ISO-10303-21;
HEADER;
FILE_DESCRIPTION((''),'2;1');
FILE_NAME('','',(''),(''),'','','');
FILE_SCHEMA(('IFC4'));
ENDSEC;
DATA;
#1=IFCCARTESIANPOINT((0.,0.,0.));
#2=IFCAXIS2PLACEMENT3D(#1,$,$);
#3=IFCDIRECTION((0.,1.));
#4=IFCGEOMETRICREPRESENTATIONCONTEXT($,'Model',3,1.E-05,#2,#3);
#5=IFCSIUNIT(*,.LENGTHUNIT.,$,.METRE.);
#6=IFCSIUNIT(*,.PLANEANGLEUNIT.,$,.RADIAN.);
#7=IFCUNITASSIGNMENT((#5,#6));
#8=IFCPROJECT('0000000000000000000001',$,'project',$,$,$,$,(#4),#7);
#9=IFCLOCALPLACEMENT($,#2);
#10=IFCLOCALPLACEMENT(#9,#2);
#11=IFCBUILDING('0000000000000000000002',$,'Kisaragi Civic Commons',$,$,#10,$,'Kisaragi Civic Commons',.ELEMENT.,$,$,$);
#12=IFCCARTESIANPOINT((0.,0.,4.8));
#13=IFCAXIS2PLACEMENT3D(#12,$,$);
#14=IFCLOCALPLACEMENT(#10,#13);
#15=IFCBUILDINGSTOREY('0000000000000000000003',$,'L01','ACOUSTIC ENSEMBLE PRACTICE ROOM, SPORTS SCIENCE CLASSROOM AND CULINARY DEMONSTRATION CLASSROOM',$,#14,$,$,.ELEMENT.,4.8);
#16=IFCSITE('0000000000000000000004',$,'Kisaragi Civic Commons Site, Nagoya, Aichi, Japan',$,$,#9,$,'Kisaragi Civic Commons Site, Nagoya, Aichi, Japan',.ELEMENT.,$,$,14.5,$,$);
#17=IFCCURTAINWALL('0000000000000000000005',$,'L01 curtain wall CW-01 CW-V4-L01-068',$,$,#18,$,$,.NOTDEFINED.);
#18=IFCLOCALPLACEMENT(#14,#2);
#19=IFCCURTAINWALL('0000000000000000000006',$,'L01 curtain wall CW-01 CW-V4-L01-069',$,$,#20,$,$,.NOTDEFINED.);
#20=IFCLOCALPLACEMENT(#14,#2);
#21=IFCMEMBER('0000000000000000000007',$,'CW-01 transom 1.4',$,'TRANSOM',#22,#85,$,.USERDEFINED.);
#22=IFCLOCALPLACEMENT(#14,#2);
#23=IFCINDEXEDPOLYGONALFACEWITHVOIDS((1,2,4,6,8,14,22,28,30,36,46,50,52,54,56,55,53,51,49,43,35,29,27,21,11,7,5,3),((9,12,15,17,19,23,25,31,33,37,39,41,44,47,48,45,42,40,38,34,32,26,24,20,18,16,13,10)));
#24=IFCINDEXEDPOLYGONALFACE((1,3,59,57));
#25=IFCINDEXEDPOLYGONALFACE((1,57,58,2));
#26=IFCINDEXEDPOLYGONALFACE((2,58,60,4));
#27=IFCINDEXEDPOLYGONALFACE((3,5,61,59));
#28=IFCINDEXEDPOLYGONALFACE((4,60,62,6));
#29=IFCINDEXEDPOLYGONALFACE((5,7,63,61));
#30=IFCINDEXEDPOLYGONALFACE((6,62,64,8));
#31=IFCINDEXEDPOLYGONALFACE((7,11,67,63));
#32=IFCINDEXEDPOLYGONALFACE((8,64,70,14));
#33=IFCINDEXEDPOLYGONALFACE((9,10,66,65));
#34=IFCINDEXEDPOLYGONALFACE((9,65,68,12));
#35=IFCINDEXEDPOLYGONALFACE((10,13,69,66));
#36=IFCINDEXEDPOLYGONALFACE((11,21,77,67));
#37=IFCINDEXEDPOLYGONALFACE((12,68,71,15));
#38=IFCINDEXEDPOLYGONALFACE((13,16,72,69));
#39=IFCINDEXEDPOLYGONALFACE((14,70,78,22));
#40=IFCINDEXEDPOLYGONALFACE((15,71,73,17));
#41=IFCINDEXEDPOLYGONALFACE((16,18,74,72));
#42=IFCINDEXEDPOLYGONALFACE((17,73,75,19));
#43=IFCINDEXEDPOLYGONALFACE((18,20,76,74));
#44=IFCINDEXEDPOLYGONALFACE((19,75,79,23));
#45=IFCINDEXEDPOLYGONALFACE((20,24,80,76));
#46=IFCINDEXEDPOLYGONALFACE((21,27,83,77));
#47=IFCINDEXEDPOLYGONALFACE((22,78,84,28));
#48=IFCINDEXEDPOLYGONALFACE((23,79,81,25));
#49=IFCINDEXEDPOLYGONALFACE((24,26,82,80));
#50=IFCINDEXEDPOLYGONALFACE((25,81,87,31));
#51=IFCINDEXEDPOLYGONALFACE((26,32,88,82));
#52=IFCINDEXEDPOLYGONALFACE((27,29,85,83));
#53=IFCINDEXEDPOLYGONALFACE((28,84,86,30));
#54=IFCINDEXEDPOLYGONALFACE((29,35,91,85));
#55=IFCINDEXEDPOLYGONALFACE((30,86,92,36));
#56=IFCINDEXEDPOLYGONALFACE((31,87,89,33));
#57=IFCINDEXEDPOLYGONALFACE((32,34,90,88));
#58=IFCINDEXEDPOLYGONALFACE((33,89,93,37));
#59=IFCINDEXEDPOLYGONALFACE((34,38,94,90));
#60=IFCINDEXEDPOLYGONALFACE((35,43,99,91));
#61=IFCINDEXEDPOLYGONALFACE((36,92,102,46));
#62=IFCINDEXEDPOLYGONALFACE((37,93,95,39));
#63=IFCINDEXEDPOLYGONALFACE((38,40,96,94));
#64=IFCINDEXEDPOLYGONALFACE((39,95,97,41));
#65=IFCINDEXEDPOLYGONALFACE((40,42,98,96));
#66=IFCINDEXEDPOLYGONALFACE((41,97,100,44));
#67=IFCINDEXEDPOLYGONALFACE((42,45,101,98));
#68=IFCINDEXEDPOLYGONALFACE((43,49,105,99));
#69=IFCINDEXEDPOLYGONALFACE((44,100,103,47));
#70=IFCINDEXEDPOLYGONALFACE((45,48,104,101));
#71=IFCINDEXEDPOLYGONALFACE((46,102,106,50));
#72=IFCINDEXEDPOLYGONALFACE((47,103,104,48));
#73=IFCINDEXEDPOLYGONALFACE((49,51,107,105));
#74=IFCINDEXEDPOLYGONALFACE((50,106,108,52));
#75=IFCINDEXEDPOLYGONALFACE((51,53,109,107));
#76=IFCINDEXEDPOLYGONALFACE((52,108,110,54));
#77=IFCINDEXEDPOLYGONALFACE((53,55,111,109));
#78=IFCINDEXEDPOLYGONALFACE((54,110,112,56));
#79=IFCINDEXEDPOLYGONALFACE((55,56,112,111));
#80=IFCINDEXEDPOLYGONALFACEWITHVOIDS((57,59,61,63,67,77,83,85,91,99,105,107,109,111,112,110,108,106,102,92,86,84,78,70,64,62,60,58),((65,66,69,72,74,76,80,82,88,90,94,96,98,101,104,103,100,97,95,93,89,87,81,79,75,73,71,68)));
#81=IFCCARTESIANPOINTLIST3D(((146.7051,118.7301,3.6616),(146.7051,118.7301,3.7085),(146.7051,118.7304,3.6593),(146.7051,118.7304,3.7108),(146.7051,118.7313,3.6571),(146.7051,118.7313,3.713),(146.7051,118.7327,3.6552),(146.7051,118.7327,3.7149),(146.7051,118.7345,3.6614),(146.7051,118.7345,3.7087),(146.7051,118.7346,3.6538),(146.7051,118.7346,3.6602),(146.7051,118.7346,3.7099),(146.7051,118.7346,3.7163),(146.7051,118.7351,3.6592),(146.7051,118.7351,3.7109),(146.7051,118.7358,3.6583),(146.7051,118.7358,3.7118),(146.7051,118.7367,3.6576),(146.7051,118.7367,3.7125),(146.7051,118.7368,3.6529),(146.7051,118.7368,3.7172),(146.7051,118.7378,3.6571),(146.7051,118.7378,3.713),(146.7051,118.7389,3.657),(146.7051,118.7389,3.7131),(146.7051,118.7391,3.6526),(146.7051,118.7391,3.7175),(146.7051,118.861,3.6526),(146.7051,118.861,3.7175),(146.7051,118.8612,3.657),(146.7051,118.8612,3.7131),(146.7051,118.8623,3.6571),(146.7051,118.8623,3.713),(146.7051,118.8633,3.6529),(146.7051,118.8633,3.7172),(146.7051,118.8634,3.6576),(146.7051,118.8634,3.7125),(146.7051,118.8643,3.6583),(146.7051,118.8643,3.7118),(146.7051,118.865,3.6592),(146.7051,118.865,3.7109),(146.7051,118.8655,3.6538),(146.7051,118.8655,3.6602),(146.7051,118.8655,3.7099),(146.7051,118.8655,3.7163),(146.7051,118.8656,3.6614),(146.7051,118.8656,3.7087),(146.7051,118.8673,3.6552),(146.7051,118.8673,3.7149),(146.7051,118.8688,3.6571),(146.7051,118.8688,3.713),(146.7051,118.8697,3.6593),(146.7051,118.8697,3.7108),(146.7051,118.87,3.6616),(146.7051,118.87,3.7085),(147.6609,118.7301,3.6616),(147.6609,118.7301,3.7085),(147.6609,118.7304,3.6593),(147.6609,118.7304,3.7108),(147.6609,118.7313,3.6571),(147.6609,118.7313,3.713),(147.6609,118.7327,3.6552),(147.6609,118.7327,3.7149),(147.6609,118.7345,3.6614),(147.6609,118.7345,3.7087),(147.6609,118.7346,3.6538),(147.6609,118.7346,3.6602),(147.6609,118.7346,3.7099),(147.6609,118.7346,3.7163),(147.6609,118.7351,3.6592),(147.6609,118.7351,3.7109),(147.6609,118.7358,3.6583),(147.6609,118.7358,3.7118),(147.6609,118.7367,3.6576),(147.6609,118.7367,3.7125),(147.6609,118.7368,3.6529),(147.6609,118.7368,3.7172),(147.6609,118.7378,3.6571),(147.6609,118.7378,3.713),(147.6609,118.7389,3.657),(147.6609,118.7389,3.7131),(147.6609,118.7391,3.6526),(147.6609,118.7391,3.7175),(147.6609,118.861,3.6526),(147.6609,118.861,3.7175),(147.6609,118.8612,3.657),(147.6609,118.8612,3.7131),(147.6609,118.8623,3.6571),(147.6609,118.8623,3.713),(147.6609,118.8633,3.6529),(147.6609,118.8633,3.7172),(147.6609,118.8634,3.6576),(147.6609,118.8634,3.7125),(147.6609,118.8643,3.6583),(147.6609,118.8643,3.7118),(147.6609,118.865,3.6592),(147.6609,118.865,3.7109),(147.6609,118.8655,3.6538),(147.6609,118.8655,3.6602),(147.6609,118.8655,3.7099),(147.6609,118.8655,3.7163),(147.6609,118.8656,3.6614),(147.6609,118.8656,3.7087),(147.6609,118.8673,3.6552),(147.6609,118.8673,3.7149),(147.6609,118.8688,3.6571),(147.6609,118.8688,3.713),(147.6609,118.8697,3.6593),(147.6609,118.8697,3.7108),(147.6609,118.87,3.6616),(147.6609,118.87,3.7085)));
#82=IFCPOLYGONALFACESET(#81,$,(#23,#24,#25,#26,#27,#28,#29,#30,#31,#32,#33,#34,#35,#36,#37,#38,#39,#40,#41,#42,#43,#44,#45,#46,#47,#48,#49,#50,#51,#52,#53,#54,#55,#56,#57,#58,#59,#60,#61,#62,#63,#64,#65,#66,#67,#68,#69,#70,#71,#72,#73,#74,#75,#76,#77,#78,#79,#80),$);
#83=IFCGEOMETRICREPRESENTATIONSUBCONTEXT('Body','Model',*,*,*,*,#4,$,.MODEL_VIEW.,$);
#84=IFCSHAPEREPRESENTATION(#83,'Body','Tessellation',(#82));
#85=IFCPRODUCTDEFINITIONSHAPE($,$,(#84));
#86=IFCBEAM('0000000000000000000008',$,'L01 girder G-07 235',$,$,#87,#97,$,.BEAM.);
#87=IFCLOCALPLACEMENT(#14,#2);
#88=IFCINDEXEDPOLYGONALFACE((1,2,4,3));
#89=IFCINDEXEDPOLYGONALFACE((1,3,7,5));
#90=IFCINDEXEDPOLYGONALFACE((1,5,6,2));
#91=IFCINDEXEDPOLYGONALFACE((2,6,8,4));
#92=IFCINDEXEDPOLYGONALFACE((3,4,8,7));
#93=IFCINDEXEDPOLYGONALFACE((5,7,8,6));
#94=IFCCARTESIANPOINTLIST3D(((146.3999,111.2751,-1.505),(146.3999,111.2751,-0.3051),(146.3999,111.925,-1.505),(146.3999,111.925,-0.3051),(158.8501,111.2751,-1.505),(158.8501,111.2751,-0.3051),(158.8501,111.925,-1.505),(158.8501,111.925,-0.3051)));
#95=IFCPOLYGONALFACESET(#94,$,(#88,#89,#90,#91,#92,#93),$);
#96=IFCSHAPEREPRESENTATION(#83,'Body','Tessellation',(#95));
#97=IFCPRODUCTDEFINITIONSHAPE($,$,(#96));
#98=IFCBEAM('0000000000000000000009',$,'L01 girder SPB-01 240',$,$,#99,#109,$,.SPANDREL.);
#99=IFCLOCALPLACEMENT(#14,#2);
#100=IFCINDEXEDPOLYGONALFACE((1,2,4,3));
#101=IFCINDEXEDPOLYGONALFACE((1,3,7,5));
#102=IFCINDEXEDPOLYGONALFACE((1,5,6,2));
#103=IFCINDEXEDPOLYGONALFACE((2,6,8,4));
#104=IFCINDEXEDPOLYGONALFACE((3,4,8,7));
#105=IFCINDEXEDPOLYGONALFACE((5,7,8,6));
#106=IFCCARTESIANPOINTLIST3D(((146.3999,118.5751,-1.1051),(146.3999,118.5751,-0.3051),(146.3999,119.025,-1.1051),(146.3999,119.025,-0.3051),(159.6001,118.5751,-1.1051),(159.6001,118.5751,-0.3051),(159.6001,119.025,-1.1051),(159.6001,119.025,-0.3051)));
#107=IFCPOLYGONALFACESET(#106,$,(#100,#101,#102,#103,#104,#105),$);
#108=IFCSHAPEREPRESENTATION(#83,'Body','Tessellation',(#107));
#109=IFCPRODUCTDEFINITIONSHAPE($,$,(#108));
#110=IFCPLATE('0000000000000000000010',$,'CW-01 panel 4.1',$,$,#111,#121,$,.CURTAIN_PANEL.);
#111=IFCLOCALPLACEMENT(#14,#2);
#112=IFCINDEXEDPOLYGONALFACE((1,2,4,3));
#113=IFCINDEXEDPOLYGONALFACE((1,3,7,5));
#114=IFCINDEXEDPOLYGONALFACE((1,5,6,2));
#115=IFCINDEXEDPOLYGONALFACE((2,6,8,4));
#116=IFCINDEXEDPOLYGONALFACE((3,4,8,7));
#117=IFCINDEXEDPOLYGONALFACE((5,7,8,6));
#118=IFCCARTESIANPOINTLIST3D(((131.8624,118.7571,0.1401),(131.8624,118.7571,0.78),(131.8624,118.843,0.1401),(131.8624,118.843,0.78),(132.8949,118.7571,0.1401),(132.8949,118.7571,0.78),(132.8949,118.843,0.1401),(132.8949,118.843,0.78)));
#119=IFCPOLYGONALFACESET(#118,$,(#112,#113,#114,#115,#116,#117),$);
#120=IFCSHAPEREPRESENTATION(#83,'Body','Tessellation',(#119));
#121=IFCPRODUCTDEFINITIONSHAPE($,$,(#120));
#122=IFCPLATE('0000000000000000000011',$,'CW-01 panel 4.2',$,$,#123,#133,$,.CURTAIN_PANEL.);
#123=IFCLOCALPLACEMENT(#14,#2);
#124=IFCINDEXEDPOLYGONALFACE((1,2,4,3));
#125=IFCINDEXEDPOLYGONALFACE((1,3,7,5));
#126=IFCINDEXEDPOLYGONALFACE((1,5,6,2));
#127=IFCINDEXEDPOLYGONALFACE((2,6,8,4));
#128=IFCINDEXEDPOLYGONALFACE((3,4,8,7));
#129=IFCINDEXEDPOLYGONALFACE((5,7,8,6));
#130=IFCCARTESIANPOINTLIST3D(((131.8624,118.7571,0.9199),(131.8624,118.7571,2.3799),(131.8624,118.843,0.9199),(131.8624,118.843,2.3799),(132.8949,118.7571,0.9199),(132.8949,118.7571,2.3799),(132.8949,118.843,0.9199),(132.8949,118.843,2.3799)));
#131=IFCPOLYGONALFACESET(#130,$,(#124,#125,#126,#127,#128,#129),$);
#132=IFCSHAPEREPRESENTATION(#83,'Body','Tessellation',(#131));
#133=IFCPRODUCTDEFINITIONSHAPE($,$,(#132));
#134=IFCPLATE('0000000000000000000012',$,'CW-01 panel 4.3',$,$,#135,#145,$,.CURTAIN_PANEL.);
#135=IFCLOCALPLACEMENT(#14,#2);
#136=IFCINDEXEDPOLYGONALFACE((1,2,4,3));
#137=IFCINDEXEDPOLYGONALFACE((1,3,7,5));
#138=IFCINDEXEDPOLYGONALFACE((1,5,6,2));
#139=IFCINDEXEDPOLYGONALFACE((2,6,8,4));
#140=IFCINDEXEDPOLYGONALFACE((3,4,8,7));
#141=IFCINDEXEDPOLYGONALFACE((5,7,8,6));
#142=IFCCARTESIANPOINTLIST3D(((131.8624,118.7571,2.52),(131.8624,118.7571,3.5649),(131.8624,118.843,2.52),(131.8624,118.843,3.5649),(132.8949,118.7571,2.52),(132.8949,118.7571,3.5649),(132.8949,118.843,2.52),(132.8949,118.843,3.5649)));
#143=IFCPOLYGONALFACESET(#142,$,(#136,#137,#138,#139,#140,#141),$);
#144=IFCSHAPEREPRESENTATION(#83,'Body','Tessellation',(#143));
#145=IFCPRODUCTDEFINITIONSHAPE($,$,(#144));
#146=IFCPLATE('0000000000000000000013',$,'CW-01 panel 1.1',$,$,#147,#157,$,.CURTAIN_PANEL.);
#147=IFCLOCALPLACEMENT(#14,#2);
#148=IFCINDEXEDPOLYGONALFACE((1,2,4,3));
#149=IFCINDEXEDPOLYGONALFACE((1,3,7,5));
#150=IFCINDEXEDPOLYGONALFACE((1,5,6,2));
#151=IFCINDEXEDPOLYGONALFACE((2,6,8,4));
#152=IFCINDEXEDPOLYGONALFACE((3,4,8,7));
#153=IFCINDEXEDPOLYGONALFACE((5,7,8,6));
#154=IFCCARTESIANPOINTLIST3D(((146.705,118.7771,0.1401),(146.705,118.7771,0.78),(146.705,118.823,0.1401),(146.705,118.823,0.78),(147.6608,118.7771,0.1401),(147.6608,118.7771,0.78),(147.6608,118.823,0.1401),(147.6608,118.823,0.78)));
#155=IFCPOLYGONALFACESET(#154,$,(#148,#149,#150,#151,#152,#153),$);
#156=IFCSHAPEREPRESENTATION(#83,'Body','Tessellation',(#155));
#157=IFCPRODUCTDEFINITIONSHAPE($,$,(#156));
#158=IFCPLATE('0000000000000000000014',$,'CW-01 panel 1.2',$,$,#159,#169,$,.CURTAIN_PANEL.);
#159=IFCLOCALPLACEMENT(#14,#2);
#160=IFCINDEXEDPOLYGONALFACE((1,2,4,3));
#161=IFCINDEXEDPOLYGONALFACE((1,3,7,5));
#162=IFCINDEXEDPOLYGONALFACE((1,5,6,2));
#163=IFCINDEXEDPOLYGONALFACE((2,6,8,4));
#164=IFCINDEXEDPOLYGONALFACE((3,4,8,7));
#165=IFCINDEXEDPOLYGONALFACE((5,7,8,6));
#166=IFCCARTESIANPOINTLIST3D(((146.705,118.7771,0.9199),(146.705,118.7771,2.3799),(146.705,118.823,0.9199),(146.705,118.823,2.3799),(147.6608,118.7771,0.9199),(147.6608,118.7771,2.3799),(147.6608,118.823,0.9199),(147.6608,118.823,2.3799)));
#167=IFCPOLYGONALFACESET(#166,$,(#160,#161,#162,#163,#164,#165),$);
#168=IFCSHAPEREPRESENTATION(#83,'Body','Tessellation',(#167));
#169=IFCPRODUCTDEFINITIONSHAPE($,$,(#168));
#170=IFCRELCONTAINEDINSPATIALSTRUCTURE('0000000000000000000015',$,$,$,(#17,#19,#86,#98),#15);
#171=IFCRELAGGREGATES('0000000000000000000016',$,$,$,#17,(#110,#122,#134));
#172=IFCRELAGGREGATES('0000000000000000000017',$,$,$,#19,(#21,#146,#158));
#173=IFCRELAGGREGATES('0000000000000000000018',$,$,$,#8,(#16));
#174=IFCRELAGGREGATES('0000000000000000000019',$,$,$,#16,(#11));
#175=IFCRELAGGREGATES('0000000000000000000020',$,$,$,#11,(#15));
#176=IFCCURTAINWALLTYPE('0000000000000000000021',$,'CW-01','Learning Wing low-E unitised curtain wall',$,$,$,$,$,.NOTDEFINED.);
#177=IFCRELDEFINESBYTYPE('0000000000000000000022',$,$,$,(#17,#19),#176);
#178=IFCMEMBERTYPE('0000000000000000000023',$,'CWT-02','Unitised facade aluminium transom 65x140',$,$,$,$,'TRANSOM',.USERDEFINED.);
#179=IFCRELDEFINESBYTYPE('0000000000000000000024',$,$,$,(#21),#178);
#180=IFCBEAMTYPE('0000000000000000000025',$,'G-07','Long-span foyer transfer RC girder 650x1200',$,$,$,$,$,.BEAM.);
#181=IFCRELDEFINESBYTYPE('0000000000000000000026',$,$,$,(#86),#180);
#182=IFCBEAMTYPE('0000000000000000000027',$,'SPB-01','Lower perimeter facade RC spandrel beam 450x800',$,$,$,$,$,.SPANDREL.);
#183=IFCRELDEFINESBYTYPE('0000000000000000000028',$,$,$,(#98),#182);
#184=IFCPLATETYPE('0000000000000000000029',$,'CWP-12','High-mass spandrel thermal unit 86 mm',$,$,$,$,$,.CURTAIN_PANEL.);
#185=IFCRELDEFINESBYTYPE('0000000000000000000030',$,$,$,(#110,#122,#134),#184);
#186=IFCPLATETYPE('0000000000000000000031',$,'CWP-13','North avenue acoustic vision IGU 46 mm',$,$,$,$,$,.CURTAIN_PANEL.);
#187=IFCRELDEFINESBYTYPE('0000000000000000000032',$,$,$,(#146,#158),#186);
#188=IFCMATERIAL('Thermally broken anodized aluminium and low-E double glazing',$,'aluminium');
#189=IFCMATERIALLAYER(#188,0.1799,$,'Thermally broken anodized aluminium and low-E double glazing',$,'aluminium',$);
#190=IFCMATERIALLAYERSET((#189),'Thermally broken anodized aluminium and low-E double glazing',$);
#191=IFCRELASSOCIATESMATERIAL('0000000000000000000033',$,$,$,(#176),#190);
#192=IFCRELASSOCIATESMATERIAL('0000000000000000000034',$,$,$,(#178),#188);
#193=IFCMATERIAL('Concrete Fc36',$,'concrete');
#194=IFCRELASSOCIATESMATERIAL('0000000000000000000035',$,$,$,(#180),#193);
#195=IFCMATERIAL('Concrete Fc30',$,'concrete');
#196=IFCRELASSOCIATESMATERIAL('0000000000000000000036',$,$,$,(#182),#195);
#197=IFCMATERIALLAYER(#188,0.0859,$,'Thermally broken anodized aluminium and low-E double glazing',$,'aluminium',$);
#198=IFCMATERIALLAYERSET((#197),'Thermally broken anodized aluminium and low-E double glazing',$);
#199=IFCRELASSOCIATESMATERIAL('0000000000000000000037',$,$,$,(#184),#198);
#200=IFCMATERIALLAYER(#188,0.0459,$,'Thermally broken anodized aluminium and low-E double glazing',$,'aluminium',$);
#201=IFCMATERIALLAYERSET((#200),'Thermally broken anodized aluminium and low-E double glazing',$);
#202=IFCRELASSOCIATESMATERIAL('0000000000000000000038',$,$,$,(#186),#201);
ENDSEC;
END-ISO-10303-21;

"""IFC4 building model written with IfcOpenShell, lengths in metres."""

from ifc_helpers import new_model, si_unit, direction, frame, origin, origin_2d, place, context, subcontext, project, spatial, rectangle, hollow_rectangle, extrude, material, layer, layer_set, material_profile, profile_set, type_object, element, aggregate, save


model = new_model("IFC4")

# Units and contexts
model_context = context("Model", 3, precision=1e-05, world=origin(), true_north=direction((0.0, 1.0)))
body_context = subcontext(model_context, "Body", "Model", "MODEL_VIEW")
ifc_project = project(units=[si_unit("LENGTHUNIT", "METRE"), si_unit("PLANEANGLEUNIT", "RADIAN")], contexts=[model_context])

# Site, building, storey
site_placement = place(None, origin())
site = spatial("IfcSite", under=ifc_project, at=site_placement, Name="Kisaragi Civic Commons Site, Nagoya, Aichi, Japan", LongName="Kisaragi Civic Commons Site, Nagoya, Aichi, Japan", CompositionType="ELEMENT", RefElevation=14.5)
building_placement = place(site_placement, origin())
building = spatial("IfcBuilding", under=site, at=building_placement, Name="Kisaragi Civic Commons", LongName="Kisaragi Civic Commons", CompositionType="ELEMENT")
storey_placement = place(building_placement, frame((0.0, 0.0, 4.8)))
storey = spatial("IfcBuildingStorey", under=building, at=storey_placement, Name="L01", Description="ACOUSTIC ENSEMBLE PRACTICE ROOM, SPORTS SCIENCE CLASSROOM AND CULINARY DEMONSTRATION CLASSROOM", CompositionType="ELEMENT", Elevation=4.8)

# Shared definitions
ifc_material_1 = material(Name="Concrete Fc36", Category="concrete")

# Curtain walls
ifc_material_2 = material(Name="Thermally broken anodized aluminium and low-E double glazing", Category="aluminium")
ifc_layer_1 = layer(ifc_material_2, 0.1799, Name="Thermally broken anodized aluminium and low-E double glazing", Category="aluminium")
ifc_layer_set_1 = layer_set([ifc_layer_1], Name="Thermally broken anodized aluminium and low-E double glazing")
curtain_wall_type = type_object("IfcCurtainWallType", Name="CW-01", Description="Learning Wing low-E unitised curtain wall", PredefinedType="NOTDEFINED", material=ifc_layer_set_1)
curtain_wall_1_placement = place(storey_placement, origin())
curtain_wall_1 = element("IfcCurtainWall", 1, at=curtain_wall_1_placement, inside=storey, type_object=curtain_wall_type, Name="L01 curtain wall CW-01 CW-V4-L01-068", PredefinedType="NOTDEFINED")
curtain_wall_2_placement = place(storey_placement, origin())
curtain_wall_2 = element("IfcCurtainWall", 2, at=curtain_wall_2_placement, inside=storey, type_object=curtain_wall_type, Name="L01 curtain wall CW-01 CW-V4-L01-069", PredefinedType="NOTDEFINED")

# Member
ifc_material_profile_1 = material_profile(ifc_material_2, hollow_rectangle(XDim=0.1399, YDim=0.0649, WallThickness=0.0044, InnerFilletRadius=0.0044, OuterFilletRadius=0.009, at=origin_2d()), Name="CWT-65x140x4.5", Category="aluminium")
ifc_profile_set_1 = profile_set([ifc_material_profile_1], Name="Thermally broken anodized aluminium and low-E double glazing")
member_type_1 = type_object("IfcMemberType", Name="CWT-02", Description="Unitised facade aluminium transom 65x140", ElementType="TRANSOM", PredefinedType="USERDEFINED", material=ifc_profile_set_1)
member_1_placement = place(storey_placement, frame((146.7051, 118.8, 3.6851), z_axis=(1.0, 0.0, 0.0), x_axis=(0.0, 1.0, 0.0)))
member_1 = element("IfcMember", 3, at=member_1_placement, type_object=member_type_1, Name="CW-01 transom 1.4", ObjectType="TRANSOM", PredefinedType="USERDEFINED", context=body_context, shape_type="SweptSolid", body=[
    extrude(hollow_rectangle(XDim=0.1399, YDim=0.0649, WallThickness=0.0044, InnerFilletRadius=0.0044, OuterFilletRadius=0.009, at=origin_2d()), origin(), (0.0, 0.0, 1.0), 0.9558),
])

# Beams
ifc_material_profile_2 = material_profile(ifc_material_1, rectangle(XDim=0.6499, YDim=1.2, at=origin_2d()), Name="RC-650x1200", Category="concrete")
ifc_profile_set_2 = profile_set([ifc_material_profile_2], Name="Concrete Fc36")
beam_type_1 = type_object("IfcBeamType", Name="G-07", Description="Long-span foyer transfer RC girder 650x1200", PredefinedType="BEAM", material=ifc_profile_set_2)
beam_1_placement = place(storey_placement, frame((146.3999, 111.6001, -0.905), z_axis=(1.0, 0.0, 0.0), x_axis=(0.0, 1.0, 0.0)))
element("IfcBeam", 4, at=beam_1_placement, inside=storey, type_object=beam_type_1, Name="L01 girder G-07 235", PredefinedType="BEAM", context=body_context, shape_type="SweptSolid", body=[
    extrude(rectangle(XDim=0.6499, YDim=1.2, at=origin_2d()), origin(), (0.0, 0.0, 1.0), 12.4502),
])
ifc_material_3 = material(Name="Concrete Fc30", Category="concrete")
ifc_material_profile_3 = material_profile(ifc_material_3, rectangle(XDim=0.45, YDim=0.8, at=origin_2d()), Name="RC-450x800", Category="concrete")
ifc_profile_set_3 = profile_set([ifc_material_profile_3], Name="Concrete Fc30")
beam_type_2 = type_object("IfcBeamType", Name="SPB-01", Description="Lower perimeter facade RC spandrel beam 450x800", PredefinedType="SPANDREL", material=ifc_profile_set_3)
beam_2_placement = place(storey_placement, frame((146.3999, 118.8, -0.7051), z_axis=(1.0, 0.0, 0.0), x_axis=(0.0, 1.0, 0.0)))
element("IfcBeam", 5, at=beam_2_placement, inside=storey, type_object=beam_type_2, Name="L01 girder SPB-01 240", PredefinedType="SPANDREL", context=body_context, shape_type="SweptSolid", body=[
    extrude(rectangle(XDim=0.45, YDim=0.8, at=origin_2d()), origin(), (0.0, 0.0, 1.0), 13.2002),
])

# Plates
ifc_layer_2 = layer(ifc_material_2, 0.0859, Name="Thermally broken anodized aluminium and low-E double glazing", Category="aluminium")
ifc_layer_set_2 = layer_set([ifc_layer_2], Name="Thermally broken anodized aluminium and low-E double glazing")
plate_type_1 = type_object("IfcPlateType", Name="CWP-12", Description="High-mass spandrel thermal unit 86 mm", PredefinedType="CURTAIN_PANEL", material=ifc_layer_set_2)
plate_1_placement = place(storey_placement, frame((132.3787, 118.8, 0.1401), z_axis=(0.0, 0.0, 1.0), x_axis=(1.0, 0.0, 0.0)))
plate_1 = element("IfcPlate", 6, at=plate_1_placement, type_object=plate_type_1, Name="CW-01 panel 4.1", PredefinedType="CURTAIN_PANEL", context=body_context, shape_type="SweptSolid", body=[
    extrude(rectangle(XDim=1.0325, YDim=0.0859, at=origin_2d()), origin(), (0.0, 0.0, 1.0), 0.6399),
])
plate_2_placement = place(storey_placement, frame((132.3787, 118.8, 0.9199), z_axis=(0.0, 0.0, 1.0), x_axis=(1.0, 0.0, 0.0)))
plate_2 = element("IfcPlate", 7, at=plate_2_placement, type_object=plate_type_1, Name="CW-01 panel 4.2", PredefinedType="CURTAIN_PANEL", context=body_context, shape_type="SweptSolid", body=[
    extrude(rectangle(XDim=1.0325, YDim=0.0859, at=origin_2d()), origin(), (0.0, 0.0, 1.0), 1.46),
])
plate_3_placement = place(storey_placement, frame((132.3787, 118.8, 2.52), z_axis=(0.0, 0.0, 1.0), x_axis=(1.0, 0.0, 0.0)))
plate_3 = element("IfcPlate", 8, at=plate_3_placement, type_object=plate_type_1, Name="CW-01 panel 4.3", PredefinedType="CURTAIN_PANEL", context=body_context, shape_type="SweptSolid", body=[
    extrude(rectangle(XDim=1.0325, YDim=0.0859, at=origin_2d()), origin(), (0.0, 0.0, 1.0), 1.0449),
])
aggregate(curtain_wall_1, [plate_1, plate_2, plate_3])
ifc_layer_3 = layer(ifc_material_2, 0.0459, Name="Thermally broken anodized aluminium and low-E double glazing", Category="aluminium")
ifc_layer_set_3 = layer_set([ifc_layer_3], Name="Thermally broken anodized aluminium and low-E double glazing")
plate_type_2 = type_object("IfcPlateType", Name="CWP-13", Description="North avenue acoustic vision IGU 46 mm", PredefinedType="CURTAIN_PANEL", material=ifc_layer_set_3)
plate_4_placement = place(storey_placement, frame((147.1829, 118.8, 0.1401), z_axis=(0.0, 0.0, 1.0), x_axis=(1.0, 0.0, 0.0)))
plate_4 = element("IfcPlate", 9, at=plate_4_placement, type_object=plate_type_2, Name="CW-01 panel 1.1", PredefinedType="CURTAIN_PANEL", context=body_context, shape_type="SweptSolid", body=[
    extrude(rectangle(XDim=0.9558, YDim=0.0459, at=origin_2d()), origin(), (0.0, 0.0, 1.0), 0.6399),
])
plate_5_placement = place(storey_placement, frame((147.1829, 118.8, 0.9199), z_axis=(0.0, 0.0, 1.0), x_axis=(1.0, 0.0, 0.0)))
plate_5 = element("IfcPlate", 10, at=plate_5_placement, type_object=plate_type_2, Name="CW-01 panel 1.2", PredefinedType="CURTAIN_PANEL", context=body_context, shape_type="SweptSolid", body=[
    extrude(rectangle(XDim=0.9558, YDim=0.0459, at=origin_2d()), origin(), (0.0, 0.0, 1.0), 1.46),
])
aggregate(curtain_wall_2, [member_1, plate_4, plate_5])

save(model, "model.ifc")
